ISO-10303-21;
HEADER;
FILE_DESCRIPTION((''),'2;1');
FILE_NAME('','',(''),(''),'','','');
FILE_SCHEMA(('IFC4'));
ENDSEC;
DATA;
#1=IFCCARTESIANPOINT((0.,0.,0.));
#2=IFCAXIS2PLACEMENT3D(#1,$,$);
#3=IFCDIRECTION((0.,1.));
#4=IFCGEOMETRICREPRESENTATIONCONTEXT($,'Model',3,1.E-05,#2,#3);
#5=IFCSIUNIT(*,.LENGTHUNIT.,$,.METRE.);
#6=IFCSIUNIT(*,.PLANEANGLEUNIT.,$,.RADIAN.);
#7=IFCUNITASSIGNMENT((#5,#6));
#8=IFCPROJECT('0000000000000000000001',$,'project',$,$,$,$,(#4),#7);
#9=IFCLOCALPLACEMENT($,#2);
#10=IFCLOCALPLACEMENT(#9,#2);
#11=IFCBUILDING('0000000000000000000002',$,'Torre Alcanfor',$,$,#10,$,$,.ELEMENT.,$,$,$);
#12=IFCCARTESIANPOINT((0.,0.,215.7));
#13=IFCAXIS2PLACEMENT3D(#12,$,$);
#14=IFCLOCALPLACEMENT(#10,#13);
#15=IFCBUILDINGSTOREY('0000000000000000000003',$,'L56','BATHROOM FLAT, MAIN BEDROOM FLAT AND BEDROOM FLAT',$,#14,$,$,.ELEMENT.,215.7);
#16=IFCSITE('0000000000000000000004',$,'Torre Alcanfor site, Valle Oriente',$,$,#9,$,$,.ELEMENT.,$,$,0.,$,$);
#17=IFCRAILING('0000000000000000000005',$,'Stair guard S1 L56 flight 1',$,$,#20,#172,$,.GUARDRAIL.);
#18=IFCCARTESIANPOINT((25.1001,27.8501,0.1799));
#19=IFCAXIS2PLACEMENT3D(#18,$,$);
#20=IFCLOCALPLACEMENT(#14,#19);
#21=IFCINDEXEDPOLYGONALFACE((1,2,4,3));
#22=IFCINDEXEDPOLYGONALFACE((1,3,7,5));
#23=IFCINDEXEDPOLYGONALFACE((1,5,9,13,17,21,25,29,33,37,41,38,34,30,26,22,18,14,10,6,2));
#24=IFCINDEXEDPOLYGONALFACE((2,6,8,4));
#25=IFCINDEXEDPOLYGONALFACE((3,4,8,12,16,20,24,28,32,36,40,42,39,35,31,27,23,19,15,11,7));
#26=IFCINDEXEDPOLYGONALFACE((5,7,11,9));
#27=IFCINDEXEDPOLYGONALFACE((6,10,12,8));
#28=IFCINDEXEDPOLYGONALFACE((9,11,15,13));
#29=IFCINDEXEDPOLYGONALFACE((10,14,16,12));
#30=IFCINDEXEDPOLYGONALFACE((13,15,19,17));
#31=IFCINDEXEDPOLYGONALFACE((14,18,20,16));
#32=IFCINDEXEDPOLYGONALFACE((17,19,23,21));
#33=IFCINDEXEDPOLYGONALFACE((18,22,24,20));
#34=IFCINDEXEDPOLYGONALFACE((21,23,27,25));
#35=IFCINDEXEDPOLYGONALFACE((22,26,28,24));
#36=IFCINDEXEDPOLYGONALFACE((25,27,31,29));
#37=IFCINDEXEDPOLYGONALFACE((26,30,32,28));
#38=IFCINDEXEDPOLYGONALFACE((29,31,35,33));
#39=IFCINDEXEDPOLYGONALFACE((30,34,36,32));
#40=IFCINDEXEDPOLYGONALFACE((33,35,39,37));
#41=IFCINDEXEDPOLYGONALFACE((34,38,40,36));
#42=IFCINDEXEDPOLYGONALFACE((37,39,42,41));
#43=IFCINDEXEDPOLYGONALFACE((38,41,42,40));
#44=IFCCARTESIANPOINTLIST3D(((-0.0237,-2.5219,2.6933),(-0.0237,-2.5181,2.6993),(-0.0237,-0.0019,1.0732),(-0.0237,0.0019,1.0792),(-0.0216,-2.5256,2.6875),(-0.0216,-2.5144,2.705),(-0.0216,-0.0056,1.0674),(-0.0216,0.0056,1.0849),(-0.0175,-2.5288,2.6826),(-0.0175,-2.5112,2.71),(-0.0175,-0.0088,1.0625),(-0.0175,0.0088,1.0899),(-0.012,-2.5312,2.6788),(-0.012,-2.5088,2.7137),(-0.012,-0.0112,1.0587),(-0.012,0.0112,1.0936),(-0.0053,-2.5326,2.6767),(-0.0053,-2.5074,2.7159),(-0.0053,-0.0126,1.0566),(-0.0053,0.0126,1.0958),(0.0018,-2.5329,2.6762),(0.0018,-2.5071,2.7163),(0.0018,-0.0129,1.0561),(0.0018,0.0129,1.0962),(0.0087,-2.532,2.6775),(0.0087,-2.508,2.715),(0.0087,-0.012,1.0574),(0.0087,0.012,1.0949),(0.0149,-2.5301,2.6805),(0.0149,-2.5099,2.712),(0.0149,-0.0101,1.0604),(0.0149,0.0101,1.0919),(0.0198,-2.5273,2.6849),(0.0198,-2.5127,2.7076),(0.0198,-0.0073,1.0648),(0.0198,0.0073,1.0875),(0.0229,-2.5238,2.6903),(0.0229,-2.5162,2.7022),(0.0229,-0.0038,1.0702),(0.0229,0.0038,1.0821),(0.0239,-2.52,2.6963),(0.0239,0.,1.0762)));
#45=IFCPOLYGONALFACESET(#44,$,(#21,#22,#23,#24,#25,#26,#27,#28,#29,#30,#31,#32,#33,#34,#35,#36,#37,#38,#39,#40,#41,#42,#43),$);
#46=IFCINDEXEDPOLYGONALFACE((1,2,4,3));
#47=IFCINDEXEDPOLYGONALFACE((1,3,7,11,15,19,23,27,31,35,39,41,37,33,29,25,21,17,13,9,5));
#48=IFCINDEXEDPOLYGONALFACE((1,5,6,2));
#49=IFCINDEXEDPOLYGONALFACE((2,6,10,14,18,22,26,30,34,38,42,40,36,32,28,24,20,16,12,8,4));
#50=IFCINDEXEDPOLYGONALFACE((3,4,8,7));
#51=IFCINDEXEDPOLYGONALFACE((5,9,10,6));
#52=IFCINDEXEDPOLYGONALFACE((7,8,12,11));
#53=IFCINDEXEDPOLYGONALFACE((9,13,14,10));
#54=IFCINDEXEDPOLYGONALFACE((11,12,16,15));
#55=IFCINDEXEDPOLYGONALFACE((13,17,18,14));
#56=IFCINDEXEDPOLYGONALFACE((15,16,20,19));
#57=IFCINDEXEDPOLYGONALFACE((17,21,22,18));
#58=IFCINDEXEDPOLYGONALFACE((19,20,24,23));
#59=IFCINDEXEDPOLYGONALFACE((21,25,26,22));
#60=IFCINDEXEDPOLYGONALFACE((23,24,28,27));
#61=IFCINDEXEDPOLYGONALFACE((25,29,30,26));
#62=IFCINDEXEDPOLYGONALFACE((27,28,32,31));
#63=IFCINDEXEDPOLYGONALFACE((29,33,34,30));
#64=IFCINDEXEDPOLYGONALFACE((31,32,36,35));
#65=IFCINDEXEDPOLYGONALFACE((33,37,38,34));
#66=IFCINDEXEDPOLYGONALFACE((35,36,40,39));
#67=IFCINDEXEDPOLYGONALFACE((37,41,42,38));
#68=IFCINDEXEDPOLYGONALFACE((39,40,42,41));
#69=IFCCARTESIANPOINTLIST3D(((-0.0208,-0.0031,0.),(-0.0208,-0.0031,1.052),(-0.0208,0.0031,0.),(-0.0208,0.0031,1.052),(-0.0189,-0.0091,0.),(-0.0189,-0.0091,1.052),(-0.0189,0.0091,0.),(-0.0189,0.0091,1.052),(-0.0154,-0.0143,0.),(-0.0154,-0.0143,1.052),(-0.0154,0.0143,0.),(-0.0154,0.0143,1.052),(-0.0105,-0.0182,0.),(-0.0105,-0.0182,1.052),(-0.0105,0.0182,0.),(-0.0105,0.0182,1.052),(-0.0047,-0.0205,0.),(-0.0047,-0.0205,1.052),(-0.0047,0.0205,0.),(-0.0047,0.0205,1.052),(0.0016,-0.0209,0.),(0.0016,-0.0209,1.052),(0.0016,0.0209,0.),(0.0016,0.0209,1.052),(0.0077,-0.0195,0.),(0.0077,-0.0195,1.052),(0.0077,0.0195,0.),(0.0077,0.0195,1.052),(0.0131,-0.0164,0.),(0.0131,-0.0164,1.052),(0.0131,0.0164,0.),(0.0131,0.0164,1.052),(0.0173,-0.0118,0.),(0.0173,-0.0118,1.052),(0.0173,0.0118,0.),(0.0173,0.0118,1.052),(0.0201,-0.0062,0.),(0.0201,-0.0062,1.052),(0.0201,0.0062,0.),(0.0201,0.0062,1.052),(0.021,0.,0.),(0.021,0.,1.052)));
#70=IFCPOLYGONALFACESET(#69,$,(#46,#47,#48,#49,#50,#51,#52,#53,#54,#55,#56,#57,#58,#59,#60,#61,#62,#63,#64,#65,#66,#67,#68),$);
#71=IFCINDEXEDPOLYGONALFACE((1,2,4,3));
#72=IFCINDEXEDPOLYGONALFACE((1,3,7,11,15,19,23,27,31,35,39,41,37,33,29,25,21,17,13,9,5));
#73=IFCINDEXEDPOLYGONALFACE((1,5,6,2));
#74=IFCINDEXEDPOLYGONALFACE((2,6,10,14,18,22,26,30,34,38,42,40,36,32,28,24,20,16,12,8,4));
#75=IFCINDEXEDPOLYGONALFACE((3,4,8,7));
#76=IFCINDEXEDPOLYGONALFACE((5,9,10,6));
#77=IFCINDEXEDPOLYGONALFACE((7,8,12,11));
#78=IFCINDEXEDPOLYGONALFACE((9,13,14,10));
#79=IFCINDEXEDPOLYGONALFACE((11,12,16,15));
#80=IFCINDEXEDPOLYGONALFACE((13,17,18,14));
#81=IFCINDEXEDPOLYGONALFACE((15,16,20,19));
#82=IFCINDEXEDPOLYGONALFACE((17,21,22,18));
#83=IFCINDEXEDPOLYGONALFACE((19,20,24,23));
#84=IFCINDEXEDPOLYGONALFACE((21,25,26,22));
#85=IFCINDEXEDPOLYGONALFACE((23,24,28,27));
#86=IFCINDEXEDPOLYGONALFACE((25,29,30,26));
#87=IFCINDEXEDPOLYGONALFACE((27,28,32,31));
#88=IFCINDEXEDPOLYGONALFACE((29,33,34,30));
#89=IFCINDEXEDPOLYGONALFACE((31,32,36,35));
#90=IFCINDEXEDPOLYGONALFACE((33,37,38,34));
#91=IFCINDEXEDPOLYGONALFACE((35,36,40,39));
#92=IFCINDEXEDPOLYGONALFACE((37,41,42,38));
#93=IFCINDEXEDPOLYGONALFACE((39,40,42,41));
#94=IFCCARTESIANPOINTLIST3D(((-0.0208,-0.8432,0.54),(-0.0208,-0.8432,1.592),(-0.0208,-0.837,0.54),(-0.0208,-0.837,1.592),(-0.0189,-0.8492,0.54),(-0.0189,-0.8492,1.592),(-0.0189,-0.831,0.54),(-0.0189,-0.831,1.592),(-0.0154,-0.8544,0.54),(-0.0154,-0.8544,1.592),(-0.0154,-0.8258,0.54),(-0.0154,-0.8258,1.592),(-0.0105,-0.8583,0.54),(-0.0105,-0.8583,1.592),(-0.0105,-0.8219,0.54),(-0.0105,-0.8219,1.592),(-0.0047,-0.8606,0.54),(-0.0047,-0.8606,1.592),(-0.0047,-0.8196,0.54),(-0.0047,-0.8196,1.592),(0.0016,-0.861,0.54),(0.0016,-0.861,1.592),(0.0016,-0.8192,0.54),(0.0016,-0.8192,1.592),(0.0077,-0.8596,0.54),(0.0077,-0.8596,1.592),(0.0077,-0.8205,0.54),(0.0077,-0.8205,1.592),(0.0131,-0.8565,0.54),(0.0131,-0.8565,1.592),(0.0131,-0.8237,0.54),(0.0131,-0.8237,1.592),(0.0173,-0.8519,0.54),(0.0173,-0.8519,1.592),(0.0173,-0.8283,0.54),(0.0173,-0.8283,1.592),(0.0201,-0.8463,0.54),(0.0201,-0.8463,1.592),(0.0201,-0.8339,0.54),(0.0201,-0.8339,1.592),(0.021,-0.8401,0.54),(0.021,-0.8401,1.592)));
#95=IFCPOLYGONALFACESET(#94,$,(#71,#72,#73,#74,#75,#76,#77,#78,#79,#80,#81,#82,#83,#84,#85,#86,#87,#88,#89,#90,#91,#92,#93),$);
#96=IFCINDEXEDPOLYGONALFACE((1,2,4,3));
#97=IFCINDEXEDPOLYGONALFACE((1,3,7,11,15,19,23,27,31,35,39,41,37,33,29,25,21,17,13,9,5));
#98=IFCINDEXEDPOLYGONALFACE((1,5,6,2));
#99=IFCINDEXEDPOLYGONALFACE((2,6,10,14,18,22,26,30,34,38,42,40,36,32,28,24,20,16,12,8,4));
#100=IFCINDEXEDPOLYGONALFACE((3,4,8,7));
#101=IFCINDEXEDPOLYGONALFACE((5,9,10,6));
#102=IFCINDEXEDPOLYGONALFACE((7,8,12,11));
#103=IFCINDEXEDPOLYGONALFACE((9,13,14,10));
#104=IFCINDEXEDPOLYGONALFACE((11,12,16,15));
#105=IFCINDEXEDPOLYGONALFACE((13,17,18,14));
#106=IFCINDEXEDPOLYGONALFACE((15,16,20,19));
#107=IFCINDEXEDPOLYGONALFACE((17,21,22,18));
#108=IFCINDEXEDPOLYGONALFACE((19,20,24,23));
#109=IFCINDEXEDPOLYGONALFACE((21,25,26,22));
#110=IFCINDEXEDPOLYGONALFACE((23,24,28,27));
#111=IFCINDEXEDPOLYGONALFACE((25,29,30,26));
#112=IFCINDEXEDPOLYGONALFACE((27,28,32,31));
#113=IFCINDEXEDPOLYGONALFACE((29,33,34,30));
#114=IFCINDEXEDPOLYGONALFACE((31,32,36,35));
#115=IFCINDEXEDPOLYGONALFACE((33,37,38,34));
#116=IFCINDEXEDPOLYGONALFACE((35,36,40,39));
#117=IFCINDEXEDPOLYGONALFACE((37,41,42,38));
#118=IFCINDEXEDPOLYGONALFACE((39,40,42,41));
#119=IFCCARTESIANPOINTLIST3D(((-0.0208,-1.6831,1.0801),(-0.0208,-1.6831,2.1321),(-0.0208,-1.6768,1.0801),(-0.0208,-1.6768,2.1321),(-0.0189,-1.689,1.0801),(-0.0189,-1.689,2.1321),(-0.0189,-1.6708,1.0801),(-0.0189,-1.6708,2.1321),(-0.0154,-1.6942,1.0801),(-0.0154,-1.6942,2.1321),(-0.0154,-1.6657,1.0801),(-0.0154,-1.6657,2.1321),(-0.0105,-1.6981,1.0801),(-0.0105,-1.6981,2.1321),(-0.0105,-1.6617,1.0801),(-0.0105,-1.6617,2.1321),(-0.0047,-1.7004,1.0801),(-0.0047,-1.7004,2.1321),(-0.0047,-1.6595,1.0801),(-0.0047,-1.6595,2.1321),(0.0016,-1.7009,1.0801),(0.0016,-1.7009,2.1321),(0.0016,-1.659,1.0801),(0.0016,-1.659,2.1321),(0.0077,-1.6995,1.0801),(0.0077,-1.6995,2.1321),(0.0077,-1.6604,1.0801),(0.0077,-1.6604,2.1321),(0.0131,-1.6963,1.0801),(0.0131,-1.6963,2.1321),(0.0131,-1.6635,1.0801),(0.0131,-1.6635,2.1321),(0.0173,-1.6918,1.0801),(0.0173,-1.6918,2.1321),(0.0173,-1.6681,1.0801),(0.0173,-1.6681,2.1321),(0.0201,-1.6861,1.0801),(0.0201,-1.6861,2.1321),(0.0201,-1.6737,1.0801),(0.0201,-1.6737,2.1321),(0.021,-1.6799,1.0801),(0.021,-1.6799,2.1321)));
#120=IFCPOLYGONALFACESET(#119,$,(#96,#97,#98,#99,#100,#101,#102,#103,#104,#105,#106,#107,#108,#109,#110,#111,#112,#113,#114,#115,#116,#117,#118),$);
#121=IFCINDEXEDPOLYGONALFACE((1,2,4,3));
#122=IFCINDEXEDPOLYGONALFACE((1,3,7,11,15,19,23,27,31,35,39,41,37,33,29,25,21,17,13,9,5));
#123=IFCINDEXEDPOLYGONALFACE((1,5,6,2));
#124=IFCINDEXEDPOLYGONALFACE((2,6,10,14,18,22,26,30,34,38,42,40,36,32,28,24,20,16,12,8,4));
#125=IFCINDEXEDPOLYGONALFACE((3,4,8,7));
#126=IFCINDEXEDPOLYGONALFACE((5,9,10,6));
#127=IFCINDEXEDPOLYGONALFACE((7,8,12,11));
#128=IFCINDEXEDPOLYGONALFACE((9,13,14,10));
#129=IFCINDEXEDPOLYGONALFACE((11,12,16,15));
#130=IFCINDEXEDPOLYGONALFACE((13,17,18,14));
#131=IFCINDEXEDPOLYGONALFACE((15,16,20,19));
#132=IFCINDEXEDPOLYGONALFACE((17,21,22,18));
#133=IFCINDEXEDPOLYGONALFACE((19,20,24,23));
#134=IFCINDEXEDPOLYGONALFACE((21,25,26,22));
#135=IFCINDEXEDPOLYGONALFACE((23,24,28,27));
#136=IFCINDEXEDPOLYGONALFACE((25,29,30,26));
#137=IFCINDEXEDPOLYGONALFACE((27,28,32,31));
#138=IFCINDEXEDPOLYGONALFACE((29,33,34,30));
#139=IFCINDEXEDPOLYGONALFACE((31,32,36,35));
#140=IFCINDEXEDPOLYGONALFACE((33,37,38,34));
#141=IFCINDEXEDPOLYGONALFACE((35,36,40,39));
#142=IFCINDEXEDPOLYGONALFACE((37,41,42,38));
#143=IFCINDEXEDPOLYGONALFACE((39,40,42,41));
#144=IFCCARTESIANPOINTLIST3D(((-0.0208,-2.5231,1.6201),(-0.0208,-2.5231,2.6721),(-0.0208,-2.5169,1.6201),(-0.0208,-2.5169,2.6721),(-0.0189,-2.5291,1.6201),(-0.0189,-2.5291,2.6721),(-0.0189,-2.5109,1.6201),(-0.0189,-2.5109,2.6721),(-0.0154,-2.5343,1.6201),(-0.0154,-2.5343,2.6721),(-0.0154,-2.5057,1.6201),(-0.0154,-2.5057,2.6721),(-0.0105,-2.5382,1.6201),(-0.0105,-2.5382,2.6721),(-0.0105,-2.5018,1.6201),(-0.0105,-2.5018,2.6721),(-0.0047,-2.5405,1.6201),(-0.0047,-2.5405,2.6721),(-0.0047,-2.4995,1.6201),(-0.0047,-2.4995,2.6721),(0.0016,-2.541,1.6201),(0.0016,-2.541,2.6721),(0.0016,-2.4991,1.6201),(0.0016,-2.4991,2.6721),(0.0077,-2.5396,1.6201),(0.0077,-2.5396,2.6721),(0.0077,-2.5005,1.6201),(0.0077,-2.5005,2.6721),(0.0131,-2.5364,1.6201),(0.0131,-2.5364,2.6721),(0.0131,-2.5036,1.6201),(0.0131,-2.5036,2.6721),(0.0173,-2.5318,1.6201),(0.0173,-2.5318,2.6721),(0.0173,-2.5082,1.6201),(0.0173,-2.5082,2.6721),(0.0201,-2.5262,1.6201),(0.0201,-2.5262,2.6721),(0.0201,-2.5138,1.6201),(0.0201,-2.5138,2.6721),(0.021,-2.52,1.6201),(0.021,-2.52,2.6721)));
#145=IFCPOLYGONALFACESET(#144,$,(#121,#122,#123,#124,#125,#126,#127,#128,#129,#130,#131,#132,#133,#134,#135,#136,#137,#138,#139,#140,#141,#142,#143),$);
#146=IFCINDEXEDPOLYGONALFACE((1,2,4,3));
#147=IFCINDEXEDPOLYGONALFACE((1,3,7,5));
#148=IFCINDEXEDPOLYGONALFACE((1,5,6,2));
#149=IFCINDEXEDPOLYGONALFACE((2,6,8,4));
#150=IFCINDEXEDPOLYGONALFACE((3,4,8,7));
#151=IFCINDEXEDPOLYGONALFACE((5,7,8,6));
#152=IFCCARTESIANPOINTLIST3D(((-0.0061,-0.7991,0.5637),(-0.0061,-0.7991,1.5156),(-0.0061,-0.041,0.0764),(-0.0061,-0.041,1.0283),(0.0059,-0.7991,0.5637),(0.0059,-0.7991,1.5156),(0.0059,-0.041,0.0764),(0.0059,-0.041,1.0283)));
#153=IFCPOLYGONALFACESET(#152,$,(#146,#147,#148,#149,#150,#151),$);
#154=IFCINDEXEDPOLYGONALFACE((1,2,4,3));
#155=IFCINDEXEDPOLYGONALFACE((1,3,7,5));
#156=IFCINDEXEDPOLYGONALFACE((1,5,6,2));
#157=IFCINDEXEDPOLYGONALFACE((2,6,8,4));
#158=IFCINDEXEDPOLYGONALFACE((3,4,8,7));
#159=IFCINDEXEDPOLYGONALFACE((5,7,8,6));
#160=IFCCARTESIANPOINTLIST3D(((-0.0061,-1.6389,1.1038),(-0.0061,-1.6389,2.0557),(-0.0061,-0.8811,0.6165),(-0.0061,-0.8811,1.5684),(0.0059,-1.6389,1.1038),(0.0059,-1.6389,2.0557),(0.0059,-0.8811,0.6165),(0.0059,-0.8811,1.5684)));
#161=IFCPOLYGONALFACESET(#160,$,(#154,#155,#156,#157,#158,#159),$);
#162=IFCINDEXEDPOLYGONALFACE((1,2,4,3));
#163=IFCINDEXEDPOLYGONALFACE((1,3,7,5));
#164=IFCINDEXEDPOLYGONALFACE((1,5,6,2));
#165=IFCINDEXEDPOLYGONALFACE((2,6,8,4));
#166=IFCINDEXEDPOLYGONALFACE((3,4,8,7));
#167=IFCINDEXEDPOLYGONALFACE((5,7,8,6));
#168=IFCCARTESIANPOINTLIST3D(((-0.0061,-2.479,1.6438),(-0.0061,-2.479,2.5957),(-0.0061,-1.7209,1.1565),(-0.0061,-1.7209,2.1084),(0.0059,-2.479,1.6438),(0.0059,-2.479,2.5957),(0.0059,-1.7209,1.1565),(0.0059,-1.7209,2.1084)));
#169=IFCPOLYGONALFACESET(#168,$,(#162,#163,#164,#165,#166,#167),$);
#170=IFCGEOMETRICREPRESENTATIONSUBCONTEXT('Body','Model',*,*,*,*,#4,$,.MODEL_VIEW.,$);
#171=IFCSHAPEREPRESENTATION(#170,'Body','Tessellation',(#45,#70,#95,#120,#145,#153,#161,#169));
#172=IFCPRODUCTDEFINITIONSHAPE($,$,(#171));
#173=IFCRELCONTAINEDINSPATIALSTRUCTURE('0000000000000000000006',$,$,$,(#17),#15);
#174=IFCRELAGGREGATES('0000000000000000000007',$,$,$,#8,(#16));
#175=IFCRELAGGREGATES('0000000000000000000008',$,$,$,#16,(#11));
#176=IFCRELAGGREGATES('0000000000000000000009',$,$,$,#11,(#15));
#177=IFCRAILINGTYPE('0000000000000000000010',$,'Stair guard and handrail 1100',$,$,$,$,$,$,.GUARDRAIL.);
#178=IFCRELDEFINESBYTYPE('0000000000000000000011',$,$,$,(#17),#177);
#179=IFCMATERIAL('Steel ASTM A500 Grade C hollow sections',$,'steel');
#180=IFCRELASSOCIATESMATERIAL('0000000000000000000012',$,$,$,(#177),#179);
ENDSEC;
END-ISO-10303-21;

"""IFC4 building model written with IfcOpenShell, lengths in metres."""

from ifc_helpers import new_model, si_unit, direction, frame, origin, origin_2d, place, context, subcontext, project, spatial, polyline, circle, outline, extrude, material, type_object, element, save


model = new_model("IFC4")

# Units and contexts
model_context = context("Model", 3, precision=1e-05, world=origin(), true_north=direction((0.0, 1.0)))
body_context = subcontext(model_context, "Body", "Model", "MODEL_VIEW")
ifc_project = project(units=[si_unit("LENGTHUNIT", "METRE"), si_unit("PLANEANGLEUNIT", "RADIAN")], contexts=[model_context])

# Site, building, storey
site_placement = place(None, origin())
site = spatial("IfcSite", under=ifc_project, at=site_placement, Name="Torre Alcanfor site, Valle Oriente", CompositionType="ELEMENT", RefElevation=0.0)
building_placement = place(site_placement, origin())
building = spatial("IfcBuilding", under=site, at=building_placement, Name="Torre Alcanfor", CompositionType="ELEMENT")
storey_placement = place(building_placement, frame((0.0, 0.0, 215.7)))
storey = spatial("IfcBuildingStorey", under=building, at=storey_placement, Name="L56", Description="BATHROOM FLAT, MAIN BEDROOM FLAT AND BEDROOM FLAT", CompositionType="ELEMENT", Elevation=215.7)

# Railing
ifc_material_1 = material(Name="Steel ASTM A500 Grade C hollow sections", Category="steel")
railing_type = type_object("IfcRailingType", Name="Stair guard and handrail 1100", PredefinedType="GUARDRAIL", material=ifc_material_1)
railing_1_placement = place(storey_placement, frame((25.1001, 27.8501, 0.1799)))
element("IfcRailing", 1, at=railing_1_placement, inside=storey, type_object=railing_type, Name="Stair guard S1 L56 flight 1", PredefinedType="GUARDRAIL", context=body_context, shape_type="SweptSolid", body=[
    extrude(circle(Radius=0.0239, at=origin_2d()), frame((0.0, 0.0, 1.0762), z_axis=(0.0, -0.841163, 0.540782), x_axis=(1.0, 0.0, 0.0)), (0.0, 0.0, 1.0), 2.9958),
    extrude(circle(Radius=0.021, at=origin_2d()), origin(), (0.0, 0.0, 1.0), 1.052),
    extrude(circle(Radius=0.021, at=origin_2d()), frame((0.0, -0.8401, 0.54)), (0.0, 0.0, 1.0), 1.052),
    extrude(circle(Radius=0.021, at=origin_2d()), frame((0.0, -1.6799, 1.0801)), (0.0, 0.0, 1.0), 1.052),
    extrude(circle(Radius=0.021, at=origin_2d()), frame((0.0, -2.52, 1.6201)), (0.0, 0.0, 1.0), 1.052),
    extrude(outline(polyline([(0.041, 0.0764), (0.7991, 0.5637), (0.7991, 1.5156), (0.041, 1.0283), (0.041, 0.0764)])), frame((0.0059, 0.0, 0.0), z_axis=(-1.0, 0.0, 0.0), x_axis=(0.0, -1.0, 0.0)), (0.0, 0.0, 1.0), 0.012),
    extrude(outline(polyline([(0.8811, 0.6165), (1.6389, 1.1038), (1.6389, 2.0557), (0.8811, 1.5684), (0.8811, 0.6165)])), frame((0.0059, 0.0, 0.0), z_axis=(-1.0, 0.0, 0.0), x_axis=(0.0, -1.0, 0.0)), (0.0, 0.0, 1.0), 0.012),
    extrude(outline(polyline([(1.7209, 1.1565), (2.479, 1.6438), (2.479, 2.5957), (1.7209, 2.1084), (1.7209, 1.1565)])), frame((0.0059, 0.0, 0.0), z_axis=(-1.0, 0.0, 0.0), x_axis=(0.0, -1.0, 0.0)), (0.0, 0.0, 1.0), 0.012),
])

save(model, "model.ifc")
